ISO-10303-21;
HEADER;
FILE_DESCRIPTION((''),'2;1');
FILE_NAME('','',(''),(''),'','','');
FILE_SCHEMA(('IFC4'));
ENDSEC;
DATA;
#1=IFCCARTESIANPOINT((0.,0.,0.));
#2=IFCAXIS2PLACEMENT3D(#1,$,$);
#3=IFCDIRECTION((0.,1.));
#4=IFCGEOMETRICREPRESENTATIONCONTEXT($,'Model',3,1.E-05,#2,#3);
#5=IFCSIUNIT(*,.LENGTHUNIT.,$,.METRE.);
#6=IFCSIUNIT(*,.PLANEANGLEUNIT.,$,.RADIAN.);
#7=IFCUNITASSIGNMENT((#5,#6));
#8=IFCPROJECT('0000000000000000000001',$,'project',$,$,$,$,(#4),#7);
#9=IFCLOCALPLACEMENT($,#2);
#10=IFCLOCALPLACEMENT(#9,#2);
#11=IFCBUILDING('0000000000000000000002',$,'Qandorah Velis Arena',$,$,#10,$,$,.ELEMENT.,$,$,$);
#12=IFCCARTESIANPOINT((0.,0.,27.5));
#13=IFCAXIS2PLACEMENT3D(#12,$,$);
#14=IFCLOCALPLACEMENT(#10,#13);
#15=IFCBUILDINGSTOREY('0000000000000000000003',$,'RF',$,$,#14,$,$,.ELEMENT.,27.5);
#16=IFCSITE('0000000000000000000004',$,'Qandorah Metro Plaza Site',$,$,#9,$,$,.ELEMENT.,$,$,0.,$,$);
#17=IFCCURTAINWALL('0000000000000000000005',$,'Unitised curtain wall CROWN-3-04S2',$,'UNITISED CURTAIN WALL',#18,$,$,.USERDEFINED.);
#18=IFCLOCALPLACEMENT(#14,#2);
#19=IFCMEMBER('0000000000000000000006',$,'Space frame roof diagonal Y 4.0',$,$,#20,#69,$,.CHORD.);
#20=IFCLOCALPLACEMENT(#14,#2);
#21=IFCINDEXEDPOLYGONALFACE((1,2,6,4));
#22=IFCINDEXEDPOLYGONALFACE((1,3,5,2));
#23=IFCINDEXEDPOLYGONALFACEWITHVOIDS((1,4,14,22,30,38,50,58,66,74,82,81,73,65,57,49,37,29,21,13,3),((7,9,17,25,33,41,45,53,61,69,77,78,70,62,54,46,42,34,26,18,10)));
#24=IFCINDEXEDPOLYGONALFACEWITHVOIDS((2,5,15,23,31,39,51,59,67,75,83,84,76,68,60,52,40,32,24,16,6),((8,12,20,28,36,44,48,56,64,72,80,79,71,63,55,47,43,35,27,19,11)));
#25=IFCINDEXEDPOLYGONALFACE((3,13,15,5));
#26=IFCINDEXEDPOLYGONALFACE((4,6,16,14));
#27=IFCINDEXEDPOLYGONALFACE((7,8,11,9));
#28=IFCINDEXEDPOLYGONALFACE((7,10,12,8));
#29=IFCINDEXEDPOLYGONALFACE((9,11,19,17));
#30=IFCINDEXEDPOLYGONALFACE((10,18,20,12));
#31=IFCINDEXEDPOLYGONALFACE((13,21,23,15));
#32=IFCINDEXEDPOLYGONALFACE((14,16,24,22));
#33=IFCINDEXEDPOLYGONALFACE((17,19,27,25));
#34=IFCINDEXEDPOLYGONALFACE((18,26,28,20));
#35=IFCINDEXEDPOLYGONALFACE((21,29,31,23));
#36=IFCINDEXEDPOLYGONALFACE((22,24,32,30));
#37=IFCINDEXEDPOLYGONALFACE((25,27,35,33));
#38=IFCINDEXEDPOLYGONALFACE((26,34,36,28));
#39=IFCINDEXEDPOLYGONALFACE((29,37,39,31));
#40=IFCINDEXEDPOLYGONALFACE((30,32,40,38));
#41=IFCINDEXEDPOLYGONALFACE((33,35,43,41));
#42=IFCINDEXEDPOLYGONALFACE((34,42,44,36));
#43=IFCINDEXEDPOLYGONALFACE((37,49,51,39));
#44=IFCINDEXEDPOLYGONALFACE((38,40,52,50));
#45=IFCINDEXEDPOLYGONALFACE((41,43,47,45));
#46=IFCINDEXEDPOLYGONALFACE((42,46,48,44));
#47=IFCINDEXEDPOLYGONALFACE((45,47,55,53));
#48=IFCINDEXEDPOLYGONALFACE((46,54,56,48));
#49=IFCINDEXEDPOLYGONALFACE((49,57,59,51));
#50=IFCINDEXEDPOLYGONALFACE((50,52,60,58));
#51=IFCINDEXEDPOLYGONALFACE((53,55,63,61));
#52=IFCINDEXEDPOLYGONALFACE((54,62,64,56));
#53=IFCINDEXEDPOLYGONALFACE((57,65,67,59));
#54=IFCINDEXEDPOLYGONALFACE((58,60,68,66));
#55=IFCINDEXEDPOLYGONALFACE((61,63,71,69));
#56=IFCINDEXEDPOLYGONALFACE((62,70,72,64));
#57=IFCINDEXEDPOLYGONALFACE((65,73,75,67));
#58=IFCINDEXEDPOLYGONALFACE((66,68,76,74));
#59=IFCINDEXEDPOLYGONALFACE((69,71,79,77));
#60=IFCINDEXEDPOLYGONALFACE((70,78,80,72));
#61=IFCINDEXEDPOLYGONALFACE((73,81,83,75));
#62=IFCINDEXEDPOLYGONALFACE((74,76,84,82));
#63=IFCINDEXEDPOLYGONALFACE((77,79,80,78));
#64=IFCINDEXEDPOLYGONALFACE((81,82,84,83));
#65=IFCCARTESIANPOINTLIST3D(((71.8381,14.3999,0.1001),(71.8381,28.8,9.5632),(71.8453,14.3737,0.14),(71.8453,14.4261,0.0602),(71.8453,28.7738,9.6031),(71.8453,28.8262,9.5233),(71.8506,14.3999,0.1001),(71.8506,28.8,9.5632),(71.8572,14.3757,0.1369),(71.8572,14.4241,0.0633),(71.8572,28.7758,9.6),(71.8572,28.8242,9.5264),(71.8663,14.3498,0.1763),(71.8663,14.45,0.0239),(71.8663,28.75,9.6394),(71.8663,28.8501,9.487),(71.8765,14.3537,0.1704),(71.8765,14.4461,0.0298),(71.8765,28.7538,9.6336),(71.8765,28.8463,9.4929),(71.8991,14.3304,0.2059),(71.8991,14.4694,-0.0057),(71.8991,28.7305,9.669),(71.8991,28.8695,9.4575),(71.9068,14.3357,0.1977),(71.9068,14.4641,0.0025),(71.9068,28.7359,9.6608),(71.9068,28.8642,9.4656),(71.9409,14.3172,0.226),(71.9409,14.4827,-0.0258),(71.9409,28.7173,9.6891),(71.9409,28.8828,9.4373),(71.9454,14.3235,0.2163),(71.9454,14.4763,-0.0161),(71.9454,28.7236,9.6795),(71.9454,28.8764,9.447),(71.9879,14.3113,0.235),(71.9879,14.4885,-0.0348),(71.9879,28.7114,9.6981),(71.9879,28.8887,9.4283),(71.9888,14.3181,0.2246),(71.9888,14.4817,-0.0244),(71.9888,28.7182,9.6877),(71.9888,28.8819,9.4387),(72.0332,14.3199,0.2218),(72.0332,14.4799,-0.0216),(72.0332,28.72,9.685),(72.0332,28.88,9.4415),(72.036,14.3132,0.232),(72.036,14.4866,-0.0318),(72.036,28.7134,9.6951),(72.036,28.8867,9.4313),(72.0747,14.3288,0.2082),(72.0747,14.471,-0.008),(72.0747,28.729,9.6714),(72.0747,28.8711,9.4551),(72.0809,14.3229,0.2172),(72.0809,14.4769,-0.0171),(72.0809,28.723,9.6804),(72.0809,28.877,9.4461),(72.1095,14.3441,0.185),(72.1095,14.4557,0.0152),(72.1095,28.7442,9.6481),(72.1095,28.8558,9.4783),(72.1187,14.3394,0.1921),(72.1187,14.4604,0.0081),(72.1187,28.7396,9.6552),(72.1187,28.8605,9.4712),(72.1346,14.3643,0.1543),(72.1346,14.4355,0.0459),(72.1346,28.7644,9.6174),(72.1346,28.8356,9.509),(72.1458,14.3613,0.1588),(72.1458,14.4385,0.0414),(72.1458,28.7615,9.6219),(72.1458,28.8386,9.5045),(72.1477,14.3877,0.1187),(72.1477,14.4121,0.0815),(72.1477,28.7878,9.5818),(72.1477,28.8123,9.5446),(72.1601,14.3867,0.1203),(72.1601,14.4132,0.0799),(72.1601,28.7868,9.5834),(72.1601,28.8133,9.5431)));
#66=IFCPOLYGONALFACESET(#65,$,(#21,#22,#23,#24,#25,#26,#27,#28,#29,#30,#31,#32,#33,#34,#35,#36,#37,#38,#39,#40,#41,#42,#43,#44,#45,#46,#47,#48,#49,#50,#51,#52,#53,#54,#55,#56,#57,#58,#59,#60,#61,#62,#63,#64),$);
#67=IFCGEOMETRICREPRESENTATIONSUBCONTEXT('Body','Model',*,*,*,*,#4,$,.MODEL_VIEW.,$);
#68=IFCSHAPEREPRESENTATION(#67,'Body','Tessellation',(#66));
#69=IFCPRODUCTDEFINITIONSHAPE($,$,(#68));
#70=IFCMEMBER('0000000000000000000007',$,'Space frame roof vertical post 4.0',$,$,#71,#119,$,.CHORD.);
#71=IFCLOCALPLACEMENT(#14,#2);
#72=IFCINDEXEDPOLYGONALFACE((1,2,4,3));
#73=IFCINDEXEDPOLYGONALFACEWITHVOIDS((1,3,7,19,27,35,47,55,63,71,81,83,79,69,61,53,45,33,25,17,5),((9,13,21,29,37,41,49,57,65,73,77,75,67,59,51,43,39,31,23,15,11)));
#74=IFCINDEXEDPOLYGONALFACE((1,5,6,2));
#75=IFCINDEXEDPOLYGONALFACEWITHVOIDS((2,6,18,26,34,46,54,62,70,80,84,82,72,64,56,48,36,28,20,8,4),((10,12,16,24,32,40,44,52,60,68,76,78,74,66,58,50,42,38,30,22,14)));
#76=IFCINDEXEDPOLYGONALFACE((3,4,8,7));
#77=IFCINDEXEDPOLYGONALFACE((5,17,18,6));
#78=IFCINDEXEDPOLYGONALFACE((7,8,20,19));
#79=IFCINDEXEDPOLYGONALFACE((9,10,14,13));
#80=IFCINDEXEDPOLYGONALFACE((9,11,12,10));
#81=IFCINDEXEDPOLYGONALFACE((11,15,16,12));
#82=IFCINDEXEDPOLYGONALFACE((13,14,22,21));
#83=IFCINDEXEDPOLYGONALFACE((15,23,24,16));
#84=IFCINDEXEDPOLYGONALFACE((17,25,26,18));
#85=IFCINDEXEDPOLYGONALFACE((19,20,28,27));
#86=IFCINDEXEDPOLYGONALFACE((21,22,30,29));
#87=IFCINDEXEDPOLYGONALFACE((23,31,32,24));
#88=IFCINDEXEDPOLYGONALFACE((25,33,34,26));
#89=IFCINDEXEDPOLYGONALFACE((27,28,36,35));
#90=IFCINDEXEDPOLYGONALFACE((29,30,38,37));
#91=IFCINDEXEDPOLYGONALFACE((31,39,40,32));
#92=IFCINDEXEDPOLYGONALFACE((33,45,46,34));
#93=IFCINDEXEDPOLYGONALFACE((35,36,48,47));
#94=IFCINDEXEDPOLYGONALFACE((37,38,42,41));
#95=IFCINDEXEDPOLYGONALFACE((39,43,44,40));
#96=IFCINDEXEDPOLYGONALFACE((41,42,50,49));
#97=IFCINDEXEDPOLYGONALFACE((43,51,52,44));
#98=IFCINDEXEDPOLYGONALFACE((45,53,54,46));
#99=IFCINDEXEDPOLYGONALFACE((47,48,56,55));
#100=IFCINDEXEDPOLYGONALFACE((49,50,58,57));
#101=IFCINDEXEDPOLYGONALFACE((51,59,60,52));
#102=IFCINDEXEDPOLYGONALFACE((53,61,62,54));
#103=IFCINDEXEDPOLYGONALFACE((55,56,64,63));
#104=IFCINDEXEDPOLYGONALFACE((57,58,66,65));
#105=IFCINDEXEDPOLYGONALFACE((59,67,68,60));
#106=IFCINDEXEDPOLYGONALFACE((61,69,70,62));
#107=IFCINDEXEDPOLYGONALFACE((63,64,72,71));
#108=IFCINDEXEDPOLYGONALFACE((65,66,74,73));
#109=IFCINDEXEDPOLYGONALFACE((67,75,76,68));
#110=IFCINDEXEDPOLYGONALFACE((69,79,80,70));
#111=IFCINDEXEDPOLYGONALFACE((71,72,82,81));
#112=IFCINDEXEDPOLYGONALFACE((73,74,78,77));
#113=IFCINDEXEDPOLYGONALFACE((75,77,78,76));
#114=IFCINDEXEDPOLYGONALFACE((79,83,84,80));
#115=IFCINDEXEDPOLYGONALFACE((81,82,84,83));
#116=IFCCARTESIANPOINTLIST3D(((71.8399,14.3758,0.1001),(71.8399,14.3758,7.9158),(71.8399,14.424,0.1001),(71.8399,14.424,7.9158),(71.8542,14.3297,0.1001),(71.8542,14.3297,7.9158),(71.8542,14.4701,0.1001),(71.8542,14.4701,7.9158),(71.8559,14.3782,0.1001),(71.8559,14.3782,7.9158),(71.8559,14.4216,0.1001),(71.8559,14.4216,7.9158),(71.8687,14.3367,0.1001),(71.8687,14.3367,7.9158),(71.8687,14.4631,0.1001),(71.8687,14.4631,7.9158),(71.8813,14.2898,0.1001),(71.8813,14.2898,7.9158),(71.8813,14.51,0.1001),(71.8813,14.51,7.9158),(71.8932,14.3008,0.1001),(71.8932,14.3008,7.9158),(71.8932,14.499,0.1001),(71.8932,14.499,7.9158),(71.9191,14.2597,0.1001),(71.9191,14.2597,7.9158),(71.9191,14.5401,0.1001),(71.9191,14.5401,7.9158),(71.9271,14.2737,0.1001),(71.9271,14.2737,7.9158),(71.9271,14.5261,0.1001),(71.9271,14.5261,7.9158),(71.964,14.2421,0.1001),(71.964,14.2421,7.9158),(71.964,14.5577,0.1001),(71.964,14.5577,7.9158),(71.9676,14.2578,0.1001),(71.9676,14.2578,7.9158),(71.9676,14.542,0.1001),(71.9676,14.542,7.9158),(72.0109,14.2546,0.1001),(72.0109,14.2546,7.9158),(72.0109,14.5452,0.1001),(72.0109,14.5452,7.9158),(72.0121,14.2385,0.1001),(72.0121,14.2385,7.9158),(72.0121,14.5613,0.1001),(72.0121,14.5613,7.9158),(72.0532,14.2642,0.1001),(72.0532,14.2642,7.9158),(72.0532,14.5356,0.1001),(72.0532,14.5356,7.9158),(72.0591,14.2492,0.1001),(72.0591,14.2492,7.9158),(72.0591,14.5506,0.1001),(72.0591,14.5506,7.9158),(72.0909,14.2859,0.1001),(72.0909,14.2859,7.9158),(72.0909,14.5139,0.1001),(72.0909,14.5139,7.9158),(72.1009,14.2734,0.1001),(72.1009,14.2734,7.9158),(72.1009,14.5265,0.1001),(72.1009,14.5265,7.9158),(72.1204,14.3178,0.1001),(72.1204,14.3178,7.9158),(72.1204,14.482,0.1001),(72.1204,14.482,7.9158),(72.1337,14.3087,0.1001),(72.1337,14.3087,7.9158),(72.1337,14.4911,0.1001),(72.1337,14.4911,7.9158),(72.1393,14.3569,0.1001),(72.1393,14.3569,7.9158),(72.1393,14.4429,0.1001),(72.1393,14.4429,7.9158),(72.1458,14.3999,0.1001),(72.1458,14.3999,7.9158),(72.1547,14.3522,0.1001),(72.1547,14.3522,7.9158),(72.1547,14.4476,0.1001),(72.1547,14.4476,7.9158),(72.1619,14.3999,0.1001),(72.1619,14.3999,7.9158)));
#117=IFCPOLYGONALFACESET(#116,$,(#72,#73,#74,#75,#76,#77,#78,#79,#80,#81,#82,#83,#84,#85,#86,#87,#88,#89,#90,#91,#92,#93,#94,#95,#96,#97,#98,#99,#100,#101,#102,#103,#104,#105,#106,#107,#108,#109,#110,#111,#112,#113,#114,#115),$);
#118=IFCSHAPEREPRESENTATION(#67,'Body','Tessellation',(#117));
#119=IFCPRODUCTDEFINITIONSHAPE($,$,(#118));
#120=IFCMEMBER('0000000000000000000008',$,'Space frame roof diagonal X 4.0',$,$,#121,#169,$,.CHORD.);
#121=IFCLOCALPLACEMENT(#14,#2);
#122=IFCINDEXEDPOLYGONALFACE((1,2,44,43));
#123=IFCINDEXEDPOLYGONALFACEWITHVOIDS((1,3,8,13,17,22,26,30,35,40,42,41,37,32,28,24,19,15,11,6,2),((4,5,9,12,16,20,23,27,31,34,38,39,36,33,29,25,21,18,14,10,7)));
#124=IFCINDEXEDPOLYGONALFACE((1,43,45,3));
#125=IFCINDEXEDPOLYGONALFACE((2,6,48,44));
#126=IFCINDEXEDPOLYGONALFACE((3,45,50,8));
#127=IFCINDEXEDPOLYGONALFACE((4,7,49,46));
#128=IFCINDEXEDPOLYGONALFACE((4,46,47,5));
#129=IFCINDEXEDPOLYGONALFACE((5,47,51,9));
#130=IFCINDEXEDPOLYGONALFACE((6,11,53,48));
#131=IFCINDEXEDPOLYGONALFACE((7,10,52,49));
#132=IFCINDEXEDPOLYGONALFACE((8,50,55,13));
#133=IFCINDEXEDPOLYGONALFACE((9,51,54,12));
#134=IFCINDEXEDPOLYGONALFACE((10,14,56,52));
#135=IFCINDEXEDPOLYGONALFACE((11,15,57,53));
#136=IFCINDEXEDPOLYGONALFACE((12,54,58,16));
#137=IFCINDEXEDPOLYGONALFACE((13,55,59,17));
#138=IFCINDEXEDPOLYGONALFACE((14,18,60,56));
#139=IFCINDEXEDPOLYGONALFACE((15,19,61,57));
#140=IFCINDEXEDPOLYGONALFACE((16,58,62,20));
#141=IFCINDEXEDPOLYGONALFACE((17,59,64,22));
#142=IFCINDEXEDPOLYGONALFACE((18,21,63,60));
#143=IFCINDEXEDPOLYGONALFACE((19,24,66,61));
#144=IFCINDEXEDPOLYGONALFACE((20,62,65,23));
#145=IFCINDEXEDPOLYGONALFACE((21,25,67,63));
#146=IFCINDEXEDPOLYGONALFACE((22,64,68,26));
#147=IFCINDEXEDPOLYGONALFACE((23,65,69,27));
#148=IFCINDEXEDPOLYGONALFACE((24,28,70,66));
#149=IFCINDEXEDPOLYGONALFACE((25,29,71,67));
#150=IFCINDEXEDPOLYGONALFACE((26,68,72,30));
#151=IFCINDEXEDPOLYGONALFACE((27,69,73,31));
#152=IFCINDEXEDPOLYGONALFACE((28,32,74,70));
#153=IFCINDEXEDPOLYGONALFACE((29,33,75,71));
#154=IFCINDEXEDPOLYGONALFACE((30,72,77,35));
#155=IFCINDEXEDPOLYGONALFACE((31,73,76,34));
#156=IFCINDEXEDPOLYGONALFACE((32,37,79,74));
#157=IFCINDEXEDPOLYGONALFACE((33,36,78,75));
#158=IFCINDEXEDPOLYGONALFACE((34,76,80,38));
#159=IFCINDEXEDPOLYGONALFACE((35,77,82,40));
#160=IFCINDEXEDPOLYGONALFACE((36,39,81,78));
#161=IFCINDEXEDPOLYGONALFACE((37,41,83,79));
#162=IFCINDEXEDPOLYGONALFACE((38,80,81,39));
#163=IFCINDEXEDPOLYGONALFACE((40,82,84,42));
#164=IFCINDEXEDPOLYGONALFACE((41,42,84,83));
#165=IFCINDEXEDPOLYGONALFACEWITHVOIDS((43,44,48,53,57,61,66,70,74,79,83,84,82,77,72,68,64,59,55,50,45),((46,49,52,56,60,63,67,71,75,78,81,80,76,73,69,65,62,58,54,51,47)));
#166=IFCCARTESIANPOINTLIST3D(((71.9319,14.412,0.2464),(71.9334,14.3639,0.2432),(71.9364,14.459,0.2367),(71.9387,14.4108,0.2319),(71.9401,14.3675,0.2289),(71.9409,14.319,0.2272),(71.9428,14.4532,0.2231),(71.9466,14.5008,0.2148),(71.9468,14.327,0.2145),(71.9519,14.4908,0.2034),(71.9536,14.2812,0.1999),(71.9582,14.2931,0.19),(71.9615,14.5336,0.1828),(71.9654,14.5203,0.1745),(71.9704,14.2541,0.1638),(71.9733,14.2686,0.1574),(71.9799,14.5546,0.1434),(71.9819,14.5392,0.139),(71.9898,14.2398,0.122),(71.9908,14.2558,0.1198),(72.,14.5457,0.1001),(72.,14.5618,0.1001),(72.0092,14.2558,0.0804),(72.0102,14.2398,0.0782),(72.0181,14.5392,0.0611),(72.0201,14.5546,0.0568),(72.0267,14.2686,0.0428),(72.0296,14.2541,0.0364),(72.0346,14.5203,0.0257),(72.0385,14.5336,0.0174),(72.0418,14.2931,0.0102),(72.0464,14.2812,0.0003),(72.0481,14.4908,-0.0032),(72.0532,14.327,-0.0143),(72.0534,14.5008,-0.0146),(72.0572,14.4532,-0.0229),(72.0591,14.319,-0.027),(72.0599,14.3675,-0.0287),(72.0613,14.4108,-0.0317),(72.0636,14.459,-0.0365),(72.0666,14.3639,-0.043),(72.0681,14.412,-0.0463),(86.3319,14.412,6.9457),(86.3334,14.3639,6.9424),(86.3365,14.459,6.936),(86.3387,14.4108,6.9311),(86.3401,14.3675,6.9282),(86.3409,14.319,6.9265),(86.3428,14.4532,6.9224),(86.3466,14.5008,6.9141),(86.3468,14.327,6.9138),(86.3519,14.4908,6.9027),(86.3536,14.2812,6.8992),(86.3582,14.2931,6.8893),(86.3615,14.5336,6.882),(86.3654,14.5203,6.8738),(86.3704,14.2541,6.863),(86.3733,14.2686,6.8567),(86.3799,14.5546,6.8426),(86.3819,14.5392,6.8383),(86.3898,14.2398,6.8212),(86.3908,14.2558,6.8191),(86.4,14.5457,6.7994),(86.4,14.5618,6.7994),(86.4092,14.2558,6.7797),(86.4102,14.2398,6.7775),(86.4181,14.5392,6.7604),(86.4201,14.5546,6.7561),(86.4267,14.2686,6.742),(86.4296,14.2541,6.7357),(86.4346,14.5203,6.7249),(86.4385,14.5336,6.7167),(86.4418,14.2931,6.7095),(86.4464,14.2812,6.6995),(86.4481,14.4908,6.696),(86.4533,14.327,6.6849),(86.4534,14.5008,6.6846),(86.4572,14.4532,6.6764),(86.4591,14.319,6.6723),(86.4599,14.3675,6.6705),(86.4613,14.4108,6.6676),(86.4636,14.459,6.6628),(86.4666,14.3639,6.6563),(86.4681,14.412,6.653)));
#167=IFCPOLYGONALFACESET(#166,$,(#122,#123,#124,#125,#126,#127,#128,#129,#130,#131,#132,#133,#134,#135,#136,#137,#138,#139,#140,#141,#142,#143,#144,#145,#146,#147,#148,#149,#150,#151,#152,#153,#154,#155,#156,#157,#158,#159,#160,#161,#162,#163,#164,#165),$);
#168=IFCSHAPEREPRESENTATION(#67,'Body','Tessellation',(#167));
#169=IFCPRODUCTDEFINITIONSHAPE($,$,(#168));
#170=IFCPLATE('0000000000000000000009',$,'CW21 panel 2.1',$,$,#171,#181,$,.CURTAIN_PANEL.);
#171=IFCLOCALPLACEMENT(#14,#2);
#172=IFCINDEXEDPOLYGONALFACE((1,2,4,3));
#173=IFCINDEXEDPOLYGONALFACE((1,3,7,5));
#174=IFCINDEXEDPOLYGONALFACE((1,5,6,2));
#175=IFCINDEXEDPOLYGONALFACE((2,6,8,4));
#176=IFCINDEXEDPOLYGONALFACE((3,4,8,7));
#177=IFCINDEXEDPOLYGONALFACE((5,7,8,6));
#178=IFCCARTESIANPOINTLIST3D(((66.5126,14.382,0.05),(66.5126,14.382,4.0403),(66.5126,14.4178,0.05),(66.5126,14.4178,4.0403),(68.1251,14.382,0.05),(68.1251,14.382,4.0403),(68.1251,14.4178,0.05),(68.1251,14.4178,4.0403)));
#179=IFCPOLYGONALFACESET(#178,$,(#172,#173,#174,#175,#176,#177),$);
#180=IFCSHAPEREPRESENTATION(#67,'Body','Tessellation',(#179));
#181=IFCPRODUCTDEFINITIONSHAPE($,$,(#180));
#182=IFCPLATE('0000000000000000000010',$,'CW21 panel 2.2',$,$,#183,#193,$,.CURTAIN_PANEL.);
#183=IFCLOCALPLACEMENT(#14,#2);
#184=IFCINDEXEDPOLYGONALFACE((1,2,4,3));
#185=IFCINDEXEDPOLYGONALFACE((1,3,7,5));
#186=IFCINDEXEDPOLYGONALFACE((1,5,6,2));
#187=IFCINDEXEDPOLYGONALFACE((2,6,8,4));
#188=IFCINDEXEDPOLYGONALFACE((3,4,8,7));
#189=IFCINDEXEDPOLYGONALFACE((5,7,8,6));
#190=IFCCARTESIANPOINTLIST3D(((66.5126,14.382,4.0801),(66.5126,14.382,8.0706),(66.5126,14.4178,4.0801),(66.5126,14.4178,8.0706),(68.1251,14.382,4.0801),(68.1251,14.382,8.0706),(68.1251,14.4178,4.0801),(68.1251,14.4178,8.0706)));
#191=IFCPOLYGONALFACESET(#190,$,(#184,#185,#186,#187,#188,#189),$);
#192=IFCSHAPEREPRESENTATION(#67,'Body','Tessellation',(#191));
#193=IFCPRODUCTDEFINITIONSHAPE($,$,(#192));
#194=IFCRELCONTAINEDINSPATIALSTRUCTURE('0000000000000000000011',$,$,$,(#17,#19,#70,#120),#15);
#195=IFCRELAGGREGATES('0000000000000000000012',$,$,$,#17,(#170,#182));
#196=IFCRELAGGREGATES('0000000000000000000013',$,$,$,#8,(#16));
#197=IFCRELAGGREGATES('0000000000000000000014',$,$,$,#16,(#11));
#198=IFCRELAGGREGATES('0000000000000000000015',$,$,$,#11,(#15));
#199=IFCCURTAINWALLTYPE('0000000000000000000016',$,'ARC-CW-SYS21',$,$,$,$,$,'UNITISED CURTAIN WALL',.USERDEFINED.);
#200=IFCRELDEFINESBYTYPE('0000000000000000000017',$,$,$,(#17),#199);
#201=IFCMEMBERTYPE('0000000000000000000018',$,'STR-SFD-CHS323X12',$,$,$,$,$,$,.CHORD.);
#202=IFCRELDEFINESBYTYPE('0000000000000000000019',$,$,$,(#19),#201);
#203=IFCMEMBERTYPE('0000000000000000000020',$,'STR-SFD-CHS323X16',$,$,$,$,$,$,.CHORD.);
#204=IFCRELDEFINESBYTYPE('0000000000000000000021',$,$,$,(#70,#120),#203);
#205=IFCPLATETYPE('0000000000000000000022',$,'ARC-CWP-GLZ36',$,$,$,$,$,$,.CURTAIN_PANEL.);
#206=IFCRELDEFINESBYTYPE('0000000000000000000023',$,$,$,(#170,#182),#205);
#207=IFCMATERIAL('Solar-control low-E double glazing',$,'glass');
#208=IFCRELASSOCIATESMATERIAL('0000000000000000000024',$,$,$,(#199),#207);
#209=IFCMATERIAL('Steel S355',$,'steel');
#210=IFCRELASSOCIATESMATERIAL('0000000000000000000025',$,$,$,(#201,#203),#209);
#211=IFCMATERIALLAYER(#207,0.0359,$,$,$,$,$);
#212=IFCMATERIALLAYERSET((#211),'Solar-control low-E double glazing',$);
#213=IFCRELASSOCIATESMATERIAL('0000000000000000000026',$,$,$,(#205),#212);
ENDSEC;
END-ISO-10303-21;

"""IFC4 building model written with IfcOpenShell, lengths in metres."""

from ifc_helpers import new_model, si_unit, direction, frame, origin, origin_2d, place, context, subcontext, project, spatial, rectangle, hollow_circle, extrude, material, layer, layer_set, material_profile, profile_set, type_object, element, aggregate, save


model = new_model("IFC4")

# Units and contexts
model_context = context("Model", 3, precision=1e-05, world=origin(), true_north=direction((0.0, 1.0)))
body_context = subcontext(model_context, "Body", "Model", "MODEL_VIEW")
ifc_project = project(units=[si_unit("LENGTHUNIT", "METRE"), si_unit("PLANEANGLEUNIT", "RADIAN")], contexts=[model_context])

# Site, building, storey
site_placement = place(None, origin())
site = spatial("IfcSite", under=ifc_project, at=site_placement, Name="Qandorah Metro Plaza Site", CompositionType="ELEMENT", RefElevation=0.0)
building_placement = place(site_placement, origin())
building = spatial("IfcBuilding", under=site, at=building_placement, Name="Qandorah Velis Arena", CompositionType="ELEMENT")
storey_placement = place(building_placement, frame((0.0, 0.0, 27.5)))
storey = spatial("IfcBuildingStorey", under=building, at=storey_placement, Name="RF", CompositionType="ELEMENT", Elevation=27.5)

# Curtain wall
ifc_material_1 = material(Name="Solar-control low-E double glazing", Category="glass")
curtain_wall_type = type_object("IfcCurtainWallType", Name="ARC-CW-SYS21", ElementType="UNITISED CURTAIN WALL", PredefinedType="USERDEFINED", material=ifc_material_1)
curtain_wall_1_placement = place(storey_placement, origin())
curtain_wall_1 = element("IfcCurtainWall", 1, at=curtain_wall_1_placement, inside=storey, type_object=curtain_wall_type, Name="Unitised curtain wall CROWN-3-04S2", ObjectType="UNITISED CURTAIN WALL", PredefinedType="USERDEFINED")

# Shared definitions
ifc_material_2 = material(Name="Steel S355", Category="steel")

# Members
ifc_material_profile_1 = material_profile(ifc_material_2, hollow_circle(Radius=0.1619, WallThickness=0.0125, at=origin_2d()), Name="CHS 323.9x12.5")
ifc_profile_set_1 = profile_set([ifc_material_profile_1], Name="Steel S355")
member_type_1 = type_object("IfcMemberType", Name="STR-SFD-CHS323X12", PredefinedType="CHORD", material=ifc_profile_set_1)
member_1_placement = place(storey_placement, frame((72.0, 14.3999, 0.1001), z_axis=(0.0, 0.835701, 0.549185), x_axis=(-1.0, 0.0, 0.0)))
element("IfcMember", 2, at=member_1_placement, inside=storey, type_object=member_type_1, Name="Space frame roof diagonal Y 4.0", PredefinedType="CHORD", context=body_context, shape_type="SweptSolid", body=[
    extrude(hollow_circle(Radius=0.1619, WallThickness=0.0125, at=origin_2d()), origin(), (0.0, 0.0, 1.0), 17.2312),
])
ifc_material_profile_2 = material_profile(ifc_material_2, hollow_circle(Radius=0.1619, WallThickness=0.0161, at=origin_2d()), Name="CHS 323.9x16")
ifc_profile_set_2 = profile_set([ifc_material_profile_2], Name="Steel S355")
member_type_2 = type_object("IfcMemberType", Name="STR-SFD-CHS323X16", PredefinedType="CHORD", material=ifc_profile_set_2)
member_2_placement = place(storey_placement, frame((72.0, 14.3999, 0.1001), z_axis=(0.0, 0.0, 1.0), x_axis=(1.0, 0.0, 0.0)))
element("IfcMember", 3, at=member_2_placement, inside=storey, type_object=member_type_2, Name="Space frame roof vertical post 4.0", PredefinedType="CHORD", context=body_context, shape_type="SweptSolid", body=[
    extrude(hollow_circle(Radius=0.1619, WallThickness=0.0161, at=origin_2d()), origin(), (0.0, 0.0, 1.0), 7.8157),
])
member_3_placement = place(storey_placement, frame((72.0, 14.3999, 0.1001), z_axis=(0.906683, 0.0, 0.421813), x_axis=(0.0, 1.0, 0.0)))
element("IfcMember", 4, at=member_3_placement, inside=storey, type_object=member_type_2, Name="Space frame roof diagonal X 4.0", PredefinedType="CHORD", context=body_context, shape_type="SweptSolid", body=[
    extrude(hollow_circle(Radius=0.1619, WallThickness=0.0161, at=origin_2d()), origin(), (0.0, 0.0, 1.0), 15.8821),
])

# Plates
ifc_layer_1 = layer(ifc_material_1, 0.0359)
ifc_layer_set_1 = layer_set([ifc_layer_1], Name="Solar-control low-E double glazing")
plate_type_1 = type_object("IfcPlateType", Name="ARC-CWP-GLZ36", PredefinedType="CURTAIN_PANEL", material=ifc_layer_set_1)
plate_1_placement = place(storey_placement, frame((67.3188, 14.3999, 0.05), z_axis=(0.0, 0.0, 1.0), x_axis=(1.0, 0.0, 0.0)))
plate_1 = element("IfcPlate", 5, at=plate_1_placement, type_object=plate_type_1, Name="CW21 panel 2.1", PredefinedType="CURTAIN_PANEL", context=body_context, shape_type="SweptSolid", body=[
    extrude(rectangle(XDim=1.6125, YDim=0.0359, at=origin_2d()), origin(), (0.0, 0.0, 1.0), 3.9902),
])
plate_2_placement = place(storey_placement, frame((67.3188, 14.3999, 4.0801), z_axis=(0.0, 0.0, 1.0), x_axis=(1.0, 0.0, 0.0)))
plate_2 = element("IfcPlate", 6, at=plate_2_placement, type_object=plate_type_1, Name="CW21 panel 2.2", PredefinedType="CURTAIN_PANEL", context=body_context, shape_type="SweptSolid", body=[
    extrude(rectangle(XDim=1.6125, YDim=0.0359, at=origin_2d()), origin(), (0.0, 0.0, 1.0), 3.9905),
])
aggregate(curtain_wall_1, [plate_1, plate_2])

save(model, "model.ifc")
